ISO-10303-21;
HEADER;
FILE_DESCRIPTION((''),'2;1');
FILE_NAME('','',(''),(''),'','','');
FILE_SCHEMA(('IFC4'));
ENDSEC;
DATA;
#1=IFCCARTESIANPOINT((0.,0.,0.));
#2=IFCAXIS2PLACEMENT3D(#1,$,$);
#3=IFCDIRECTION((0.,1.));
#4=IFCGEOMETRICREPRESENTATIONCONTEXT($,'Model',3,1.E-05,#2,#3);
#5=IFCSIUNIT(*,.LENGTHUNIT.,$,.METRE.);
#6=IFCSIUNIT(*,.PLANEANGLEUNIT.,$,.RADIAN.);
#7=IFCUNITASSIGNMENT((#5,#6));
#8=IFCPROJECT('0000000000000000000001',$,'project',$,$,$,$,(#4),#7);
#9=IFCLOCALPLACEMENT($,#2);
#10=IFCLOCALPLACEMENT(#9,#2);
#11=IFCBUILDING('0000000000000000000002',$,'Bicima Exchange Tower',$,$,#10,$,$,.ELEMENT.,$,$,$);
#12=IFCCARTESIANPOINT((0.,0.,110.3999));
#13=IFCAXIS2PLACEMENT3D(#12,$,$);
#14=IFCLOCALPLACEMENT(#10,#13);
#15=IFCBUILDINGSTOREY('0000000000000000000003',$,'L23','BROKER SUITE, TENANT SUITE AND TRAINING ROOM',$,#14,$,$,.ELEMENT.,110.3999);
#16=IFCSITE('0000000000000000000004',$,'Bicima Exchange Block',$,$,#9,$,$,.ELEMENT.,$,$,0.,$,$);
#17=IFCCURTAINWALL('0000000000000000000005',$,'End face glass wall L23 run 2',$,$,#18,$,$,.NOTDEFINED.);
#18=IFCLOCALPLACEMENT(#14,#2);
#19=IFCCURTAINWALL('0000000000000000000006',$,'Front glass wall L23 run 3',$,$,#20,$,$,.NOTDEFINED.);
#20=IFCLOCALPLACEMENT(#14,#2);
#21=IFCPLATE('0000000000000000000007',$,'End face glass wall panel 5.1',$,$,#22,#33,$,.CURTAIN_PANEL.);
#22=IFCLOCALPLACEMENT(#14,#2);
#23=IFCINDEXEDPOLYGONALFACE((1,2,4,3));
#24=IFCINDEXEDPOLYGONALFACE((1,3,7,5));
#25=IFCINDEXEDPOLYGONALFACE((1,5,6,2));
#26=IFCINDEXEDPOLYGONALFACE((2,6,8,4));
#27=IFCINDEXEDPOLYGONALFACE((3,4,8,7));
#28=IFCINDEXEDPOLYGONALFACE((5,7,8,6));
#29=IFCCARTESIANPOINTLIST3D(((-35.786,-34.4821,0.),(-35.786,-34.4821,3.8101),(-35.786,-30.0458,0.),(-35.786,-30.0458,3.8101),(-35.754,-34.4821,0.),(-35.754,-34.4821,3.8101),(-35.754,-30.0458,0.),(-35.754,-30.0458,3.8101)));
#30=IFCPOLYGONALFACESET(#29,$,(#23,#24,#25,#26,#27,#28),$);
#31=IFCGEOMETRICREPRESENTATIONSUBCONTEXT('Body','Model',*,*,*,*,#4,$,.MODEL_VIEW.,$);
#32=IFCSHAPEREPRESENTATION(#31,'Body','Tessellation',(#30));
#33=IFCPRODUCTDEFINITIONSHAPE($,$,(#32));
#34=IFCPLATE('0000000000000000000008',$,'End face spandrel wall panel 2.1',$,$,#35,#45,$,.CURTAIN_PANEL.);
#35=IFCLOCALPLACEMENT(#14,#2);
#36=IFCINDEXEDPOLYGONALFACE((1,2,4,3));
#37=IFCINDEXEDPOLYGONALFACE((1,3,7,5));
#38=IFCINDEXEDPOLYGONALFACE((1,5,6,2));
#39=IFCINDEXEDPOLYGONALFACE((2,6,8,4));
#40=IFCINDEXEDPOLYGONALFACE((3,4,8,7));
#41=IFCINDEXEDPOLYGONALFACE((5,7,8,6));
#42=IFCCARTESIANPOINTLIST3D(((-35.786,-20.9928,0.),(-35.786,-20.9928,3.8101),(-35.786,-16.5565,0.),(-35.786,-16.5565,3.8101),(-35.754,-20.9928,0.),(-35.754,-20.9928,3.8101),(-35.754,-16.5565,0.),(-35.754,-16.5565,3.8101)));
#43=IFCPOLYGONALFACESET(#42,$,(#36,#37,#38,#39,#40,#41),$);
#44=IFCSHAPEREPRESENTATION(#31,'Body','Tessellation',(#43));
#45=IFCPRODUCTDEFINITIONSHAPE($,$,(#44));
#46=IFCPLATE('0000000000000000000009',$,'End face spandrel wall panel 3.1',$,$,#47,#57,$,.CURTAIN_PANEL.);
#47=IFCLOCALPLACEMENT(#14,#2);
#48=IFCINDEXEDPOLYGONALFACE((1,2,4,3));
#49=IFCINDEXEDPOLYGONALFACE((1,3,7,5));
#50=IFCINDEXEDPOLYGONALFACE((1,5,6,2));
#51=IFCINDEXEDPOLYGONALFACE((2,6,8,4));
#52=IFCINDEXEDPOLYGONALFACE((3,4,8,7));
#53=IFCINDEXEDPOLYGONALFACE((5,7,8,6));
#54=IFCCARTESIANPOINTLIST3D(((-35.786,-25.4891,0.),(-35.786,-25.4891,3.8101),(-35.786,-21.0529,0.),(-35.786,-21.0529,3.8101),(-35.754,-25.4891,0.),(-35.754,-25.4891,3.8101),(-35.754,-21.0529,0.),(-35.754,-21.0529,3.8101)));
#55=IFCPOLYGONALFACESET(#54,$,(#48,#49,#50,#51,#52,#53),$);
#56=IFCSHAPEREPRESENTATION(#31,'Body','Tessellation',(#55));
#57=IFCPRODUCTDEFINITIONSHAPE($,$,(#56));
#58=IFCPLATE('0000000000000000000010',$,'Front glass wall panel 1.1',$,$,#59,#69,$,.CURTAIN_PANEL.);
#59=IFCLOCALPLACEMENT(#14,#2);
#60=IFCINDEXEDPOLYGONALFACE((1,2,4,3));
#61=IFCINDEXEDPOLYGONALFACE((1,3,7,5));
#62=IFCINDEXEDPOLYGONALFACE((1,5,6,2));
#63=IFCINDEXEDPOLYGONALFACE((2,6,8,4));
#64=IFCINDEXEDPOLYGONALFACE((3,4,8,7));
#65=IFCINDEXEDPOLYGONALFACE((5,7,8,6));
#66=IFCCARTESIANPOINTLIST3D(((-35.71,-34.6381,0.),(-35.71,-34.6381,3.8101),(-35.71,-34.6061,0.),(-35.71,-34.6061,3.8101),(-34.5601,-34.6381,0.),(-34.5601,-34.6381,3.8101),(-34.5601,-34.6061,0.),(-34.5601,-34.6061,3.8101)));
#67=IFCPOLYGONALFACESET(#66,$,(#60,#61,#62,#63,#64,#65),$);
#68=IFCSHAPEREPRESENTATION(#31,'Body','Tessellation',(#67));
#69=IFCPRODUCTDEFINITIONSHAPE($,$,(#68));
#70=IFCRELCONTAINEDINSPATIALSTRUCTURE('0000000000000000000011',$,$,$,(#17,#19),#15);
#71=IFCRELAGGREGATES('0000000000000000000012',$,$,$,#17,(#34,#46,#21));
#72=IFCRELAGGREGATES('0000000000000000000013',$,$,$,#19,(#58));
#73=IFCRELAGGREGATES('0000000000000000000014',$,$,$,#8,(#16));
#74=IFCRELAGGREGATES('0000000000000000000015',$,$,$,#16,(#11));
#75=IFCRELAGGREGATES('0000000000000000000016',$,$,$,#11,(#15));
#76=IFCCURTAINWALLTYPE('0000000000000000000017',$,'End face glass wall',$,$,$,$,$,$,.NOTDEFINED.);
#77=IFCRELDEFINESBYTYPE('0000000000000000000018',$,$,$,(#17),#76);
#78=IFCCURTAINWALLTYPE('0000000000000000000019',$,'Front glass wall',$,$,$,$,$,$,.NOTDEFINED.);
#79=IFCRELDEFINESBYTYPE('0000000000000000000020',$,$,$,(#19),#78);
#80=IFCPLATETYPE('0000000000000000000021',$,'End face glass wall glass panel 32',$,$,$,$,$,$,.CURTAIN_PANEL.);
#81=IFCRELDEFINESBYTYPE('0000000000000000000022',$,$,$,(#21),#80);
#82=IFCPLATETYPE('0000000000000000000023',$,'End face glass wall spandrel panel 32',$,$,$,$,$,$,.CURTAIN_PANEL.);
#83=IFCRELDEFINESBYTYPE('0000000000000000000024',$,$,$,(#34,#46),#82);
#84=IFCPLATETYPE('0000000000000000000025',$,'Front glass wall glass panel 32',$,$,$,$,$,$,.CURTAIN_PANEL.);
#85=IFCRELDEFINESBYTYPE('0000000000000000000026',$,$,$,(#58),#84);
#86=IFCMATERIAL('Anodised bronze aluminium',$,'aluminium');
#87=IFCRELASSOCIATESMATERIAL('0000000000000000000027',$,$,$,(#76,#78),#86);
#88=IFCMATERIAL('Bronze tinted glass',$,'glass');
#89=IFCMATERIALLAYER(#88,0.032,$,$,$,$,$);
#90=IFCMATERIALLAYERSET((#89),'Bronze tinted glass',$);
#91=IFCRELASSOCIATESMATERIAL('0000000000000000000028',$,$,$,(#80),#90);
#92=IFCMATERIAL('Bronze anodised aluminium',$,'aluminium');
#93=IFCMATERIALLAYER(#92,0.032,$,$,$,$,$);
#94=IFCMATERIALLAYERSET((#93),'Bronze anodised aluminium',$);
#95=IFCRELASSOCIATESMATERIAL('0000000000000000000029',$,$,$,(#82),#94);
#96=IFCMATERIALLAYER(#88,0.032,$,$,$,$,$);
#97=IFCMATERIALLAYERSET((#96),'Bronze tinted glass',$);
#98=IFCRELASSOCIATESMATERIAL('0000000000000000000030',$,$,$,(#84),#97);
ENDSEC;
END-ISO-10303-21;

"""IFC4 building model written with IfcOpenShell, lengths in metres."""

from ifc_helpers import new_model, si_unit, direction, frame, origin, origin_2d, place, context, subcontext, project, spatial, rectangle, extrude, material, layer, layer_set, type_object, element, aggregate, save


model = new_model("IFC4")

# Units and contexts
model_context = context("Model", 3, precision=1e-05, world=origin(), true_north=direction((0.0, 1.0)))
body_context = subcontext(model_context, "Body", "Model", "MODEL_VIEW")
ifc_project = project(units=[si_unit("LENGTHUNIT", "METRE"), si_unit("PLANEANGLEUNIT", "RADIAN")], contexts=[model_context])

# Site, building, storey
site_placement = place(None, origin())
site = spatial("IfcSite", under=ifc_project, at=site_placement, Name="Bicima Exchange Block", CompositionType="ELEMENT", RefElevation=0.0)
building_placement = place(site_placement, origin())
building = spatial("IfcBuilding", under=site, at=building_placement, Name="Bicima Exchange Tower", CompositionType="ELEMENT")
storey_placement = place(building_placement, frame((0.0, 0.0, 110.3999)))
storey = spatial("IfcBuildingStorey", under=building, at=storey_placement, Name="L23", Description="BROKER SUITE, TENANT SUITE AND TRAINING ROOM", CompositionType="ELEMENT", Elevation=110.3999)

# Curtain wall
ifc_material_1 = material(Name="Anodised bronze aluminium", Category="aluminium")
curtain_wall_type_1 = type_object("IfcCurtainWallType", Name="End face glass wall", PredefinedType="NOTDEFINED", material=ifc_material_1)
curtain_wall_1_placement = place(storey_placement, origin())
curtain_wall_1 = element("IfcCurtainWall", 1, at=curtain_wall_1_placement, inside=storey, type_object=curtain_wall_type_1, Name="End face glass wall L23 run 2", PredefinedType="NOTDEFINED")

# Curtain wall
curtain_wall_type_2 = type_object("IfcCurtainWallType", Name="Front glass wall", PredefinedType="NOTDEFINED", material=ifc_material_1)
curtain_wall_2_placement = place(storey_placement, origin())
curtain_wall_2 = element("IfcCurtainWall", 2, at=curtain_wall_2_placement, inside=storey, type_object=curtain_wall_type_2, Name="Front glass wall L23 run 3", PredefinedType="NOTDEFINED")

# Plates
ifc_material_2 = material(Name="Bronze tinted glass", Category="glass")
ifc_layer_1 = layer(ifc_material_2, 0.032)
ifc_layer_set_1 = layer_set([ifc_layer_1], Name="Bronze tinted glass")
plate_type_1 = type_object("IfcPlateType", Name="End face glass wall glass panel 32", PredefinedType="CURTAIN_PANEL", material=ifc_layer_set_1)
plate_1_placement = place(storey_placement, frame((-35.77, -32.2639, 0.0), z_axis=(0.0, 0.0, 1.0), x_axis=(0.0, -1.0, 0.0)))
plate_1 = element("IfcPlate", 3, at=plate_1_placement, type_object=plate_type_1, Name="End face glass wall panel 5.1", PredefinedType="CURTAIN_PANEL", context=body_context, shape_type="SweptSolid", body=[
    extrude(rectangle(XDim=4.4363, YDim=0.032, at=origin_2d()), origin(), (0.0, 0.0, 1.0), 3.8101),
])
ifc_material_3 = material(Name="Bronze anodised aluminium", Category="aluminium")
ifc_layer_2 = layer(ifc_material_3, 0.032)
ifc_layer_set_2 = layer_set([ifc_layer_2], Name="Bronze anodised aluminium")
plate_type_2 = type_object("IfcPlateType", Name="End face glass wall spandrel panel 32", PredefinedType="CURTAIN_PANEL", material=ifc_layer_set_2)
plate_2_placement = place(storey_placement, frame((-35.77, -18.7747, 0.0), z_axis=(0.0, 0.0, 1.0), x_axis=(0.0, -1.0, 0.0)))
plate_2 = element("IfcPlate", 4, at=plate_2_placement, type_object=plate_type_2, Name="End face spandrel wall panel 2.1", PredefinedType="CURTAIN_PANEL", context=body_context, shape_type="SweptSolid", body=[
    extrude(rectangle(XDim=4.4363, YDim=0.032, at=origin_2d()), origin(), (0.0, 0.0, 1.0), 3.8101),
])
plate_3_placement = place(storey_placement, frame((-35.77, -23.271, 0.0), z_axis=(0.0, 0.0, 1.0), x_axis=(0.0, -1.0, 0.0)))
plate_3 = element("IfcPlate", 5, at=plate_3_placement, type_object=plate_type_2, Name="End face spandrel wall panel 3.1", PredefinedType="CURTAIN_PANEL", context=body_context, shape_type="SweptSolid", body=[
    extrude(rectangle(XDim=4.4363, YDim=0.032, at=origin_2d()), origin(), (0.0, 0.0, 1.0), 3.8101),
])
aggregate(curtain_wall_1, [plate_2, plate_3, plate_1])
ifc_layer_3 = layer(ifc_material_2, 0.032)
ifc_layer_set_3 = layer_set([ifc_layer_3], Name="Bronze tinted glass")
plate_type_3 = type_object("IfcPlateType", Name="Front glass wall glass panel 32", PredefinedType="CURTAIN_PANEL", material=ifc_layer_set_3)
plate_4_placement = place(storey_placement, frame((-35.135, -34.6221, 0.0), z_axis=(0.0, 0.0, 1.0), x_axis=(1.0, 0.0, 0.0)))
plate_4 = element("IfcPlate", 6, at=plate_4_placement, type_object=plate_type_3, Name="Front glass wall panel 1.1", PredefinedType="CURTAIN_PANEL", context=body_context, shape_type="SweptSolid", body=[
    extrude(rectangle(XDim=1.1499, YDim=0.032, at=origin_2d()), origin(), (0.0, 0.0, 1.0), 3.8101),
])
aggregate(curtain_wall_2, [plate_4])

save(model, "model.ifc")
